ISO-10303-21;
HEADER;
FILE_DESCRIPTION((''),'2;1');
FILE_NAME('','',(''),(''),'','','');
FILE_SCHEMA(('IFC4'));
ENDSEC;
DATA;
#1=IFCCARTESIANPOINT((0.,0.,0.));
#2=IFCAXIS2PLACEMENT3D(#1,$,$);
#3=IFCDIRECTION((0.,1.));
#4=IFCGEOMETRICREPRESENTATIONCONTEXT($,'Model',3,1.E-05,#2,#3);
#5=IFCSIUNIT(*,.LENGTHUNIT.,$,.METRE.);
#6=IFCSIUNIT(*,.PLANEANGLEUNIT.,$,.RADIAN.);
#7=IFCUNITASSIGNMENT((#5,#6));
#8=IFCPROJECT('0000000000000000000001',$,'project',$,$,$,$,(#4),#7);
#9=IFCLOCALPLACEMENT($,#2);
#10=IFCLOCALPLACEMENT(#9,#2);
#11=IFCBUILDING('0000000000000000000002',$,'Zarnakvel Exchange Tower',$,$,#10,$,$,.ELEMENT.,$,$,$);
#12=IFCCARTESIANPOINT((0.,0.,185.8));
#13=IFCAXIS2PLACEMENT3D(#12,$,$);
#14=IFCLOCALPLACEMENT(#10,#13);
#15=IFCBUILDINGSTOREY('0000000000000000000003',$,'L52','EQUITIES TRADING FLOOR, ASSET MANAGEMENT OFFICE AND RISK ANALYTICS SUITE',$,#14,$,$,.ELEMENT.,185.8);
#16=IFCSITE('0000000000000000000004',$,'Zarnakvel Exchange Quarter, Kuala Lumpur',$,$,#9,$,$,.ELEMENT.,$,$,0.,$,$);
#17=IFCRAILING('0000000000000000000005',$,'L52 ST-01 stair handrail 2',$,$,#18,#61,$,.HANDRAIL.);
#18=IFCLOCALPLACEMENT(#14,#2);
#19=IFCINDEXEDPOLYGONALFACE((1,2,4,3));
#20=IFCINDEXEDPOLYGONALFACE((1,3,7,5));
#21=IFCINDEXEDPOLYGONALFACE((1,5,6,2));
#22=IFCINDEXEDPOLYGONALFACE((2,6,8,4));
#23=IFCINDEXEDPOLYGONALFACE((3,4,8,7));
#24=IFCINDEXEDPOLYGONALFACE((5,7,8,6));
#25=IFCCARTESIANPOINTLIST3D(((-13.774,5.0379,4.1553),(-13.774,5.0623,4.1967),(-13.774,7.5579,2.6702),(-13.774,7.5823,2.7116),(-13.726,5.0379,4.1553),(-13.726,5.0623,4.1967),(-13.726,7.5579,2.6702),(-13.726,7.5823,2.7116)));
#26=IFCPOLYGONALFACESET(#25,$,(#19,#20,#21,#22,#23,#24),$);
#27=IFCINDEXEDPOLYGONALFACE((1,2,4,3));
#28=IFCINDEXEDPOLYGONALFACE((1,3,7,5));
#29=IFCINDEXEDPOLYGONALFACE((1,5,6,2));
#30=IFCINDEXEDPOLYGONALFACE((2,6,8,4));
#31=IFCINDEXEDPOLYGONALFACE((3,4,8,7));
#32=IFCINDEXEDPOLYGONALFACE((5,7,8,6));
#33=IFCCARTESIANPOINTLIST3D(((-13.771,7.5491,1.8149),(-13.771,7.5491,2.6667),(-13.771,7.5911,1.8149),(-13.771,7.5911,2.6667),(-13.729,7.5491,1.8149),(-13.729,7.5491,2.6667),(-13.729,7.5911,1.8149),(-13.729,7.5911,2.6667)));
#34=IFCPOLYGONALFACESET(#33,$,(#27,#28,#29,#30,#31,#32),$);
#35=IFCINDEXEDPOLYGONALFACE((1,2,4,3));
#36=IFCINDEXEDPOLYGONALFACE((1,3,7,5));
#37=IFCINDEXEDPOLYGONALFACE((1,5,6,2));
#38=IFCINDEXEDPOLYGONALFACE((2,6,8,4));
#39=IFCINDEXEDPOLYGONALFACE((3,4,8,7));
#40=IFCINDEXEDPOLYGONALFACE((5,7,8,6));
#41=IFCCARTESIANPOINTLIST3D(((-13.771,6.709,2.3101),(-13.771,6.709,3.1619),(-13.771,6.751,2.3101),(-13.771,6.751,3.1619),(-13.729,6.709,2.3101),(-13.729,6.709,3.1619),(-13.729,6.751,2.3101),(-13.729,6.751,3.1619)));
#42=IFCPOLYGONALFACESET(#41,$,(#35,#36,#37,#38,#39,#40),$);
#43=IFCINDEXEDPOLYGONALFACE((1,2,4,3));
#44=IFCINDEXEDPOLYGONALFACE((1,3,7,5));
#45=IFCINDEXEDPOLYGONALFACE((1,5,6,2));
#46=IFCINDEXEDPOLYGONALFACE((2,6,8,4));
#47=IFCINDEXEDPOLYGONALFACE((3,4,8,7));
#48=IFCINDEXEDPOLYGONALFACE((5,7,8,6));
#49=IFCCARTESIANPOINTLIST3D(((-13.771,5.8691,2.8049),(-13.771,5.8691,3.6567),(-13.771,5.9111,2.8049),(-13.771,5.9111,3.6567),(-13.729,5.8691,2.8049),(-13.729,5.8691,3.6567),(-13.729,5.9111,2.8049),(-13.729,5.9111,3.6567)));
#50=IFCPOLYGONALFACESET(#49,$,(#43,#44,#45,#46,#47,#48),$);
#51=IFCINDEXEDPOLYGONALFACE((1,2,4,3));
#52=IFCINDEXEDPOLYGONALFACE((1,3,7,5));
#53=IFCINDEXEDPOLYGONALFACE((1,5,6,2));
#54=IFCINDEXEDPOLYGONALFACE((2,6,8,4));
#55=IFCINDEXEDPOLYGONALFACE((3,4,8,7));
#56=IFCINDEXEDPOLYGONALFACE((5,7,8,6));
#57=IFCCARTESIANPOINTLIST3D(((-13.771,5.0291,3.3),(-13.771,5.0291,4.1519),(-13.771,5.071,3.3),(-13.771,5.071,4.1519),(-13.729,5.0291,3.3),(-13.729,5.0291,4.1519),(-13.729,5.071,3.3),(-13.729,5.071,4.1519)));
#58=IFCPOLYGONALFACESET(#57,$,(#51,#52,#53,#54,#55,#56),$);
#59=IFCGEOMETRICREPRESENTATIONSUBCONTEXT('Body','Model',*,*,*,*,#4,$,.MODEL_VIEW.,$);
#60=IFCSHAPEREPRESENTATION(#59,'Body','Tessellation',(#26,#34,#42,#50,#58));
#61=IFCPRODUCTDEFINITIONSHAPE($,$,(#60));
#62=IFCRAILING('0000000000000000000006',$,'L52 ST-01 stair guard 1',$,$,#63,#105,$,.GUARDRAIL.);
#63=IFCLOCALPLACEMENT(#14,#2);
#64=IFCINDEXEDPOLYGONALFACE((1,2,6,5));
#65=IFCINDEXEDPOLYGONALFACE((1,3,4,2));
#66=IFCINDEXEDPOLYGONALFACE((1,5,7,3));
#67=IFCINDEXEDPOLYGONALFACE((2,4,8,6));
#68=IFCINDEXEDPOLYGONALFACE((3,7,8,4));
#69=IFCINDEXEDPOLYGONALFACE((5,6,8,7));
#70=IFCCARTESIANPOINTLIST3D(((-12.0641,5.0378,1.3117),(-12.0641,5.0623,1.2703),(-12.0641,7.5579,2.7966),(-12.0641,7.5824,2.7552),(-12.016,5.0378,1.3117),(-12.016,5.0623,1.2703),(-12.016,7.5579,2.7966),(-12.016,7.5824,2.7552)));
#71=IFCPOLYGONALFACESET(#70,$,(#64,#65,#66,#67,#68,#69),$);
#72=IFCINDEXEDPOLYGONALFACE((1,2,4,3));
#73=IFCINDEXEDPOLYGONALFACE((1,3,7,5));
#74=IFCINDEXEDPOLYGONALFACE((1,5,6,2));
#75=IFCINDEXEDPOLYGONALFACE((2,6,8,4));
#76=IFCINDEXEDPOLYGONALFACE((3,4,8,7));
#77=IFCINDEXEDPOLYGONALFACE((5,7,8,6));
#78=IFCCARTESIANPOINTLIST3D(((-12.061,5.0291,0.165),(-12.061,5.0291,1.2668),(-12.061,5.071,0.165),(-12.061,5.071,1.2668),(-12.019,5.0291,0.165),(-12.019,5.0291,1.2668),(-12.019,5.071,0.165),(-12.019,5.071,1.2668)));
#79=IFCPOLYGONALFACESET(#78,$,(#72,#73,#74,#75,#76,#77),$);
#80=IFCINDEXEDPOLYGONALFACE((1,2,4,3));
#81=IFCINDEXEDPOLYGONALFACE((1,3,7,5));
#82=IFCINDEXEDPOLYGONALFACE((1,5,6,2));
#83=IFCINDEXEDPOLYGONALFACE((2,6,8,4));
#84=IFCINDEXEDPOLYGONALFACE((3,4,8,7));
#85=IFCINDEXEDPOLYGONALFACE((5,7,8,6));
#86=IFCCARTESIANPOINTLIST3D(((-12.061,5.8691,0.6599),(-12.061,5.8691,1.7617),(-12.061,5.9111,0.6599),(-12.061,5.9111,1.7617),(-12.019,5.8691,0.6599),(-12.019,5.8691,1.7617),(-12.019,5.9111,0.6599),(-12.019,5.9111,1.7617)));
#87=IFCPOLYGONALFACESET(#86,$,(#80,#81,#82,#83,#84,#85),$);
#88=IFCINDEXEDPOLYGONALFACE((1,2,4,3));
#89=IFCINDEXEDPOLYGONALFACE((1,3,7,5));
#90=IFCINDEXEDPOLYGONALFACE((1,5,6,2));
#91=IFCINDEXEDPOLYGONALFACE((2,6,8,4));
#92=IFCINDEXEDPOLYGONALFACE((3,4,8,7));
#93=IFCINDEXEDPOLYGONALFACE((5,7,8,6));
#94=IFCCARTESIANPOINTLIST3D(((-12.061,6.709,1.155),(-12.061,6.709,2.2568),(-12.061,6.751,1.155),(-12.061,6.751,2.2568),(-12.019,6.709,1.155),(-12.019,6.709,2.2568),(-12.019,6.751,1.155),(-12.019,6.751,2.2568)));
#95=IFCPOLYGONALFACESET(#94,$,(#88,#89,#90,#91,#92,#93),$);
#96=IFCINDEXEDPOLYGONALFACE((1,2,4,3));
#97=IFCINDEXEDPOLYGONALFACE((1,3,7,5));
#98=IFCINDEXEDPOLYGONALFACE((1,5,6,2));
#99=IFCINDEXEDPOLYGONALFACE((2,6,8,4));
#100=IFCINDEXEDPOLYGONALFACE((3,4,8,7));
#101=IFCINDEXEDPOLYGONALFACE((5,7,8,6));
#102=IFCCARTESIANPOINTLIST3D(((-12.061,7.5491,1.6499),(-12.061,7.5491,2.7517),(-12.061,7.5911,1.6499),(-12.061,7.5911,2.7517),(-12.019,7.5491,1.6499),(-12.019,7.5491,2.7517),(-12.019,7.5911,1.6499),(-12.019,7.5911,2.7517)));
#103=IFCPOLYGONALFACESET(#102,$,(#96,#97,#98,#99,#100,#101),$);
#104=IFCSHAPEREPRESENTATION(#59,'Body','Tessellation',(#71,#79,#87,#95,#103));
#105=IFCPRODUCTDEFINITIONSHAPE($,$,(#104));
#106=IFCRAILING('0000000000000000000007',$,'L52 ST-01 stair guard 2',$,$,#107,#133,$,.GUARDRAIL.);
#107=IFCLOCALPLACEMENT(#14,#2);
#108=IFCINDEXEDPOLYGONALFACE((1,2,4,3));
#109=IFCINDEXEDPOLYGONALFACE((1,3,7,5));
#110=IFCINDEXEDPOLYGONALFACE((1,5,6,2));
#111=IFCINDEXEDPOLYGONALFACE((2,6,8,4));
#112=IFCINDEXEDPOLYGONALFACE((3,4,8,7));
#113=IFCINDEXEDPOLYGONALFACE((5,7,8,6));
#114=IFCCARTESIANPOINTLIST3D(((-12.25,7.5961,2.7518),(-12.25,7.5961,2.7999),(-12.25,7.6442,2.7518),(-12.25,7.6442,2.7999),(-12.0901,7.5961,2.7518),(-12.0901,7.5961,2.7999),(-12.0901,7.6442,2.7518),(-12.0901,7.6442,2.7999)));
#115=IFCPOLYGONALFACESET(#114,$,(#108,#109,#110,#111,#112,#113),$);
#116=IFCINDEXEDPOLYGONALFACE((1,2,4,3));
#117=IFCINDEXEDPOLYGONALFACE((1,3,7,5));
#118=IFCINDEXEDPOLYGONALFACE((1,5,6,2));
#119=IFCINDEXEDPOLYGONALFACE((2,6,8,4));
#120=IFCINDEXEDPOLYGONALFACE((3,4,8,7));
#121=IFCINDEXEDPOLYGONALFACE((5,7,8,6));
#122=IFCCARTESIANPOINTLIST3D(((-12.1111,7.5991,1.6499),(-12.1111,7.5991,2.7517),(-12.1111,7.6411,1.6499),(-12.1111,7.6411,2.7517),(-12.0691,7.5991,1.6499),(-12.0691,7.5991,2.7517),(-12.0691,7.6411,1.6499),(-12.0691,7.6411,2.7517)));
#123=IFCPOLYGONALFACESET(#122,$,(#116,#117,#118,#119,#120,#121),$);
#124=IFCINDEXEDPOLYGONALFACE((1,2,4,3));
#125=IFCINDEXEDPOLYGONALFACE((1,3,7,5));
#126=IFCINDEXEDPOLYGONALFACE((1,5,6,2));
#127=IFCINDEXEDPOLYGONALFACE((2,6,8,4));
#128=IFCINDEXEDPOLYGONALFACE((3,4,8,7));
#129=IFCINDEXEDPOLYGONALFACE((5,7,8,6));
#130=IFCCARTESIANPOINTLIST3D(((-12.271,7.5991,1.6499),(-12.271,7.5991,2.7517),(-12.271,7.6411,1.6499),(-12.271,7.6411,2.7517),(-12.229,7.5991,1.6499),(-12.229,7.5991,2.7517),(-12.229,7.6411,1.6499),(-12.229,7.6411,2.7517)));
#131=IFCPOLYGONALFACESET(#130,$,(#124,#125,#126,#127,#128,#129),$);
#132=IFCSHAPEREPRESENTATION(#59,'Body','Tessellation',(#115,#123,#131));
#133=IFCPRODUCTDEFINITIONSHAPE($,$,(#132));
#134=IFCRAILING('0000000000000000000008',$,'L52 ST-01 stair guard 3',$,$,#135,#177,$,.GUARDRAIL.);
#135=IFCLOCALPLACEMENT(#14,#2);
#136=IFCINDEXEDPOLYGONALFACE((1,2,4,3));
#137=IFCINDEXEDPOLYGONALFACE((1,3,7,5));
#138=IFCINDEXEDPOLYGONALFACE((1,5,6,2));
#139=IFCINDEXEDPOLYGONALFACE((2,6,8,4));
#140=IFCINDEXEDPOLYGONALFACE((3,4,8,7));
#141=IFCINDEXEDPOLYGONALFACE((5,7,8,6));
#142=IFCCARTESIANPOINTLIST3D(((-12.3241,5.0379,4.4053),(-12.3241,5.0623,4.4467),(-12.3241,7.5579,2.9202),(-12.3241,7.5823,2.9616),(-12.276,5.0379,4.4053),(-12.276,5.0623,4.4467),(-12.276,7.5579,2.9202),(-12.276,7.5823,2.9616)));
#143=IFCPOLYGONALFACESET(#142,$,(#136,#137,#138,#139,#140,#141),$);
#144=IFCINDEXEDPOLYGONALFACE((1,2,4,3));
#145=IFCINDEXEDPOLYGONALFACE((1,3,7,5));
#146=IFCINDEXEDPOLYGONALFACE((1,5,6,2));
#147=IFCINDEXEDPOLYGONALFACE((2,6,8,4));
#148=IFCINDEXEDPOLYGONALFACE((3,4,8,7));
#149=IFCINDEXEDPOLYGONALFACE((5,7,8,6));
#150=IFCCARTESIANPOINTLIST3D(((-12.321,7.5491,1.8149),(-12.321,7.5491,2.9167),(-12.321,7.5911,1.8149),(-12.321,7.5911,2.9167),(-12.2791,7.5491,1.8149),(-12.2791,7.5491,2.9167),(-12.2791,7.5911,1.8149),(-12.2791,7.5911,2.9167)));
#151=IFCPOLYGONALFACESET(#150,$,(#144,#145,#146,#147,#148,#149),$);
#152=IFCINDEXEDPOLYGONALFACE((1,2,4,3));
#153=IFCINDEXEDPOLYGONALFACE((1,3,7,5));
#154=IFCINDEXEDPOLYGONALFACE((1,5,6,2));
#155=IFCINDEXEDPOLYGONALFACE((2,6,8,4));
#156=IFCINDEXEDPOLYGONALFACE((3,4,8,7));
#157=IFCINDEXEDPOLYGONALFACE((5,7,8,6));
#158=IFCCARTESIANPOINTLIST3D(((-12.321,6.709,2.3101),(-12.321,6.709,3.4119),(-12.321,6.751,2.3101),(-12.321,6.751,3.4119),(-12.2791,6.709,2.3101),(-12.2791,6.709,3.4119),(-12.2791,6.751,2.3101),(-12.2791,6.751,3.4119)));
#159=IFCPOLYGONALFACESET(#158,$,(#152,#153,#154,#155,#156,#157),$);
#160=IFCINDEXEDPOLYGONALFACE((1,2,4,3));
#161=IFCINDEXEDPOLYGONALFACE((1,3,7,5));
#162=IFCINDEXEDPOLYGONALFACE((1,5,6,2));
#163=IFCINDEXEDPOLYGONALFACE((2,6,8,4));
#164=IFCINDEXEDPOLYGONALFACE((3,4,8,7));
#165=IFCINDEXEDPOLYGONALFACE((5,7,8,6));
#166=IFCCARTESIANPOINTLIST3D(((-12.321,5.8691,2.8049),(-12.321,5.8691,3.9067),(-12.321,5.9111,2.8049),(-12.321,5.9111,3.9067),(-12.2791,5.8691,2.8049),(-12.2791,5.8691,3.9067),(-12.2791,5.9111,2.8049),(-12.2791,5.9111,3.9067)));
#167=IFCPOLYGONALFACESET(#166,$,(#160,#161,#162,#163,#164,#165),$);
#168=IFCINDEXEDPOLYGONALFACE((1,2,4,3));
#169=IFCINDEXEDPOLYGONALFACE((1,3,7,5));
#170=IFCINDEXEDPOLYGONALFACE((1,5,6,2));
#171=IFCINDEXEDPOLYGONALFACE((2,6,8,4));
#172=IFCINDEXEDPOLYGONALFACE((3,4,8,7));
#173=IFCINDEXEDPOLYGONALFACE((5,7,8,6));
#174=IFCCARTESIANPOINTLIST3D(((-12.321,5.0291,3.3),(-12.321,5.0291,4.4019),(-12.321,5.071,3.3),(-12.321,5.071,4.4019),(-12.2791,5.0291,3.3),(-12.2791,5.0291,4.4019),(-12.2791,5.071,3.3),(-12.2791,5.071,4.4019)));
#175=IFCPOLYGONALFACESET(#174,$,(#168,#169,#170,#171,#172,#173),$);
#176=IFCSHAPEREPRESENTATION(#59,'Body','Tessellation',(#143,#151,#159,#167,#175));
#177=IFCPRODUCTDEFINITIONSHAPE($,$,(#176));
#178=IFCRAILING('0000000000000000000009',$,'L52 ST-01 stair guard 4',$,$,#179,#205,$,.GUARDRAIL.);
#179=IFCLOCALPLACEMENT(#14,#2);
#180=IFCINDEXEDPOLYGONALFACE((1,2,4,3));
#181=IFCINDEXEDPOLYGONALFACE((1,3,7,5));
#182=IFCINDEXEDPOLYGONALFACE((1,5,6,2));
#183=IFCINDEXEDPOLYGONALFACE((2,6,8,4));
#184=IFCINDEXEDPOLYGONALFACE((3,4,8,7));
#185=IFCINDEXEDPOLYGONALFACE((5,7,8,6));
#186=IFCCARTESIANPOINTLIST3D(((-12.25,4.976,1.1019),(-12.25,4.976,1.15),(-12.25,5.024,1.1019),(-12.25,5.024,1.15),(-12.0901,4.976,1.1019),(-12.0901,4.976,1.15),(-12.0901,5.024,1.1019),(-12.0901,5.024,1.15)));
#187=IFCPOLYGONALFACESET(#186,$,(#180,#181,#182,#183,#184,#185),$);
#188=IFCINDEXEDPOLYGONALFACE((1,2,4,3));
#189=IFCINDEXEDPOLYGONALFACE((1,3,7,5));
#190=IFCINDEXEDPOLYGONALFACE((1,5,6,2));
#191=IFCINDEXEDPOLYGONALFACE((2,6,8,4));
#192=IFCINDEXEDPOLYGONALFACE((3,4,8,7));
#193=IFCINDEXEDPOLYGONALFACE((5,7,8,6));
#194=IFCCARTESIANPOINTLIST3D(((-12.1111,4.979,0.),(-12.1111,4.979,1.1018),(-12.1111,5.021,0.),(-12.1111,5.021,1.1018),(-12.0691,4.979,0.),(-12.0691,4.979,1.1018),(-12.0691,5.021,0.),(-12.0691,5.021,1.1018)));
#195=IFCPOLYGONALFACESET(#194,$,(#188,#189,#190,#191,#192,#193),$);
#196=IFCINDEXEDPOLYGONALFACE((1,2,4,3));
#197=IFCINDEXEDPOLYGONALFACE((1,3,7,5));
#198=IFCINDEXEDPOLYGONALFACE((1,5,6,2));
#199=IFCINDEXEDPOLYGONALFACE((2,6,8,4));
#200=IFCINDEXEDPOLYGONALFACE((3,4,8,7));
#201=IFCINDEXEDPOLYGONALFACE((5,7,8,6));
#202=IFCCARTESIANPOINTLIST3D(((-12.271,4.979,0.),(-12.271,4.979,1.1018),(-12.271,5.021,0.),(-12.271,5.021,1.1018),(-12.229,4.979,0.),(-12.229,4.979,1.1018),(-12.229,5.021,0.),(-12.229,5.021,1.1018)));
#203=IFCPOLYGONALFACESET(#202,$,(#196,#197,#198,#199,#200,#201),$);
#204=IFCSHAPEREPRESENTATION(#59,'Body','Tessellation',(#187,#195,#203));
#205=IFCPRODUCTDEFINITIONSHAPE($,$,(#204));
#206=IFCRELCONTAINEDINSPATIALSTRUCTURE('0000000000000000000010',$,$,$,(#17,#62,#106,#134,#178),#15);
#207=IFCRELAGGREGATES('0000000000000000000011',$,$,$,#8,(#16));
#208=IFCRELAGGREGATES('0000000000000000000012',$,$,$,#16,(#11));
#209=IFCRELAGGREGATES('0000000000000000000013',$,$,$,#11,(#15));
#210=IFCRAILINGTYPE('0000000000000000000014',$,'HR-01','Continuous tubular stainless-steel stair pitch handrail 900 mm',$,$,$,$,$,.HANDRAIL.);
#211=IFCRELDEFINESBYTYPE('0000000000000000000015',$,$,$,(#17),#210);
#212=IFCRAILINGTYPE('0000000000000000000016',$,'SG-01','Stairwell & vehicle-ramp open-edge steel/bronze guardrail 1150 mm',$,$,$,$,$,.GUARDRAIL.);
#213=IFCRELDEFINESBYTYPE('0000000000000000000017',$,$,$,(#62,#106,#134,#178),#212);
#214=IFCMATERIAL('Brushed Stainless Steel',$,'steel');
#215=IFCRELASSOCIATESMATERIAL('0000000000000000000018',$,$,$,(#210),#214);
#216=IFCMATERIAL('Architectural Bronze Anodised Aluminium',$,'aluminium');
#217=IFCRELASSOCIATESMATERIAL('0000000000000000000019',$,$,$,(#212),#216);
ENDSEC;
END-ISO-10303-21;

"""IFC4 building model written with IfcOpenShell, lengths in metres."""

from ifc_helpers import new_model, si_unit, direction, frame, origin, origin_2d, place, context, subcontext, project, spatial, rectangle, extrude, material, type_object, element, save


model = new_model("IFC4")

# Units and contexts
model_context = context("Model", 3, precision=1e-05, world=origin(), true_north=direction((0.0, 1.0)))
body_context = subcontext(model_context, "Body", "Model", "MODEL_VIEW")
ifc_project = project(units=[si_unit("LENGTHUNIT", "METRE"), si_unit("PLANEANGLEUNIT", "RADIAN")], contexts=[model_context])

# Site, building, storey
site_placement = place(None, origin())
site = spatial("IfcSite", under=ifc_project, at=site_placement, Name="Zarnakvel Exchange Quarter, Kuala Lumpur", CompositionType="ELEMENT", RefElevation=0.0)
building_placement = place(site_placement, origin())
building = spatial("IfcBuilding", under=site, at=building_placement, Name="Zarnakvel Exchange Tower", CompositionType="ELEMENT")
storey_placement = place(building_placement, frame((0.0, 0.0, 185.8)))
storey = spatial("IfcBuildingStorey", under=building, at=storey_placement, Name="L52", Description="EQUITIES TRADING FLOOR, ASSET MANAGEMENT OFFICE AND RISK ANALYTICS SUITE", CompositionType="ELEMENT", Elevation=185.8)

# Shared definitions
ifc_material_1 = material(Name="Architectural Bronze Anodised Aluminium", Category="aluminium")

# Railings
ifc_material_2 = material(Name="Brushed Stainless Steel", Category="steel")
railing_type_1 = type_object("IfcRailingType", Name="HR-01", Description="Continuous tubular stainless-steel stair pitch handrail 900 mm", PredefinedType="HANDRAIL", material=ifc_material_2)
railing_1_placement = place(storey_placement, frame((-13.75, 7.5701, 1.8149)))
element("IfcRailing", 1, at=railing_1_placement, inside=storey, type_object=railing_type_1, Name="L52 ST-01 stair handrail 2", PredefinedType="HANDRAIL", context=body_context, shape_type="SweptSolid", body=[
    extrude(rectangle(XDim=0.0481, YDim=0.0481, at=origin_2d()), frame((0.0, 0.0, 0.876), z_axis=(0.0, -0.861524, 0.507717), x_axis=(1.0, 0.0, 0.0)), (0.0, 0.0, 1.0), 2.925),
    extrude(rectangle(XDim=0.042, YDim=0.042, at=origin_2d()), origin(), (0.0, 0.0, 1.0), 0.8518),
    extrude(rectangle(XDim=0.042, YDim=0.042, at=origin_2d()), frame((0.0, -0.8401, 0.4951)), (0.0, 0.0, 1.0), 0.8518),
    extrude(rectangle(XDim=0.042, YDim=0.042, at=origin_2d()), frame((0.0, -1.6799, 0.99)), (0.0, 0.0, 1.0), 0.8518),
    extrude(rectangle(XDim=0.042, YDim=0.042, at=origin_2d()), frame((0.0, -2.52, 1.4851)), (0.0, 0.0, 1.0), 0.8518),
])
railing_type_2 = type_object("IfcRailingType", Name="SG-01", Description="Stairwell & vehicle-ramp open-edge steel/bronze guardrail 1150 mm", PredefinedType="GUARDRAIL", material=ifc_material_1)
railing_2_placement = place(storey_placement, frame((-12.04, 5.05, 0.165)))
element("IfcRailing", 2, at=railing_2_placement, inside=storey, type_object=railing_type_2, Name="L52 ST-01 stair guard 1", PredefinedType="GUARDRAIL", context=body_context, shape_type="SweptSolid", body=[
    extrude(rectangle(XDim=0.0481, YDim=0.0481, at=origin_2d()), frame((0.0, 0.0, 1.126), z_axis=(0.0, 0.861561, 0.507655), x_axis=(-1.0, 0.0, 0.0)), (0.0, 0.0, 1.0), 2.925),
    extrude(rectangle(XDim=0.042, YDim=0.042, at=origin_2d()), origin(), (0.0, 0.0, 1.0), 1.1018),
    extrude(rectangle(XDim=0.042, YDim=0.042, at=origin_2d()), frame((0.0, 0.8401, 0.4949)), (0.0, 0.0, 1.0), 1.1018),
    extrude(rectangle(XDim=0.042, YDim=0.042, at=origin_2d()), frame((0.0, 1.6799, 0.99)), (0.0, 0.0, 1.0), 1.1018),
    extrude(rectangle(XDim=0.042, YDim=0.042, at=origin_2d()), frame((0.0, 2.52, 1.4849)), (0.0, 0.0, 1.0), 1.1018),
])
railing_3_placement = place(storey_placement, frame((-12.0901, 7.6201, 1.6499)))
element("IfcRailing", 3, at=railing_3_placement, inside=storey, type_object=railing_type_2, Name="L52 ST-01 stair guard 2", PredefinedType="GUARDRAIL", context=body_context, shape_type="SweptSolid", body=[
    extrude(rectangle(XDim=0.0481, YDim=0.0481, at=origin_2d()), frame((0.0, 0.0, 1.126), z_axis=(-1.0, 0.0, 0.0), x_axis=(0.0, -1.0, 0.0)), (0.0, 0.0, 1.0), 0.1599),
    extrude(rectangle(XDim=0.042, YDim=0.042, at=origin_2d()), origin(), (0.0, 0.0, 1.0), 1.1018),
    extrude(rectangle(XDim=0.042, YDim=0.042, at=origin_2d()), frame((-0.1599, 0.0, 0.0)), (0.0, 0.0, 1.0), 1.1018),
])
railing_4_placement = place(storey_placement, frame((-12.3, 7.5701, 1.8149)))
element("IfcRailing", 4, at=railing_4_placement, inside=storey, type_object=railing_type_2, Name="L52 ST-01 stair guard 3", PredefinedType="GUARDRAIL", context=body_context, shape_type="SweptSolid", body=[
    extrude(rectangle(XDim=0.0481, YDim=0.0481, at=origin_2d()), frame((0.0, 0.0, 1.126), z_axis=(0.0, -0.861524, 0.507717), x_axis=(1.0, 0.0, 0.0)), (0.0, 0.0, 1.0), 2.925),
    extrude(rectangle(XDim=0.042, YDim=0.042, at=origin_2d()), origin(), (0.0, 0.0, 1.0), 1.1018),
    extrude(rectangle(XDim=0.042, YDim=0.042, at=origin_2d()), frame((0.0, -0.8401, 0.4951)), (0.0, 0.0, 1.0), 1.1018),
    extrude(rectangle(XDim=0.042, YDim=0.042, at=origin_2d()), frame((0.0, -1.6799, 0.99)), (0.0, 0.0, 1.0), 1.1018),
    extrude(rectangle(XDim=0.042, YDim=0.042, at=origin_2d()), frame((0.0, -2.52, 1.4851)), (0.0, 0.0, 1.0), 1.1018),
])
railing_5_placement = place(storey_placement, frame((-12.0901, 5.0, 0.0)))
element("IfcRailing", 5, at=railing_5_placement, inside=storey, type_object=railing_type_2, Name="L52 ST-01 stair guard 4", PredefinedType="GUARDRAIL", context=body_context, shape_type="SweptSolid", body=[
    extrude(rectangle(XDim=0.0481, YDim=0.0481, at=origin_2d()), frame((0.0, 0.0, 1.126), z_axis=(-1.0, 0.0, 0.0), x_axis=(0.0, -1.0, 0.0)), (0.0, 0.0, 1.0), 0.1599),
    extrude(rectangle(XDim=0.042, YDim=0.042, at=origin_2d()), origin(), (0.0, 0.0, 1.0), 1.1018),
    extrude(rectangle(XDim=0.042, YDim=0.042, at=origin_2d()), frame((-0.1599, 0.0, 0.0)), (0.0, 0.0, 1.0), 1.1018),
])

save(model, "model.ifc")
